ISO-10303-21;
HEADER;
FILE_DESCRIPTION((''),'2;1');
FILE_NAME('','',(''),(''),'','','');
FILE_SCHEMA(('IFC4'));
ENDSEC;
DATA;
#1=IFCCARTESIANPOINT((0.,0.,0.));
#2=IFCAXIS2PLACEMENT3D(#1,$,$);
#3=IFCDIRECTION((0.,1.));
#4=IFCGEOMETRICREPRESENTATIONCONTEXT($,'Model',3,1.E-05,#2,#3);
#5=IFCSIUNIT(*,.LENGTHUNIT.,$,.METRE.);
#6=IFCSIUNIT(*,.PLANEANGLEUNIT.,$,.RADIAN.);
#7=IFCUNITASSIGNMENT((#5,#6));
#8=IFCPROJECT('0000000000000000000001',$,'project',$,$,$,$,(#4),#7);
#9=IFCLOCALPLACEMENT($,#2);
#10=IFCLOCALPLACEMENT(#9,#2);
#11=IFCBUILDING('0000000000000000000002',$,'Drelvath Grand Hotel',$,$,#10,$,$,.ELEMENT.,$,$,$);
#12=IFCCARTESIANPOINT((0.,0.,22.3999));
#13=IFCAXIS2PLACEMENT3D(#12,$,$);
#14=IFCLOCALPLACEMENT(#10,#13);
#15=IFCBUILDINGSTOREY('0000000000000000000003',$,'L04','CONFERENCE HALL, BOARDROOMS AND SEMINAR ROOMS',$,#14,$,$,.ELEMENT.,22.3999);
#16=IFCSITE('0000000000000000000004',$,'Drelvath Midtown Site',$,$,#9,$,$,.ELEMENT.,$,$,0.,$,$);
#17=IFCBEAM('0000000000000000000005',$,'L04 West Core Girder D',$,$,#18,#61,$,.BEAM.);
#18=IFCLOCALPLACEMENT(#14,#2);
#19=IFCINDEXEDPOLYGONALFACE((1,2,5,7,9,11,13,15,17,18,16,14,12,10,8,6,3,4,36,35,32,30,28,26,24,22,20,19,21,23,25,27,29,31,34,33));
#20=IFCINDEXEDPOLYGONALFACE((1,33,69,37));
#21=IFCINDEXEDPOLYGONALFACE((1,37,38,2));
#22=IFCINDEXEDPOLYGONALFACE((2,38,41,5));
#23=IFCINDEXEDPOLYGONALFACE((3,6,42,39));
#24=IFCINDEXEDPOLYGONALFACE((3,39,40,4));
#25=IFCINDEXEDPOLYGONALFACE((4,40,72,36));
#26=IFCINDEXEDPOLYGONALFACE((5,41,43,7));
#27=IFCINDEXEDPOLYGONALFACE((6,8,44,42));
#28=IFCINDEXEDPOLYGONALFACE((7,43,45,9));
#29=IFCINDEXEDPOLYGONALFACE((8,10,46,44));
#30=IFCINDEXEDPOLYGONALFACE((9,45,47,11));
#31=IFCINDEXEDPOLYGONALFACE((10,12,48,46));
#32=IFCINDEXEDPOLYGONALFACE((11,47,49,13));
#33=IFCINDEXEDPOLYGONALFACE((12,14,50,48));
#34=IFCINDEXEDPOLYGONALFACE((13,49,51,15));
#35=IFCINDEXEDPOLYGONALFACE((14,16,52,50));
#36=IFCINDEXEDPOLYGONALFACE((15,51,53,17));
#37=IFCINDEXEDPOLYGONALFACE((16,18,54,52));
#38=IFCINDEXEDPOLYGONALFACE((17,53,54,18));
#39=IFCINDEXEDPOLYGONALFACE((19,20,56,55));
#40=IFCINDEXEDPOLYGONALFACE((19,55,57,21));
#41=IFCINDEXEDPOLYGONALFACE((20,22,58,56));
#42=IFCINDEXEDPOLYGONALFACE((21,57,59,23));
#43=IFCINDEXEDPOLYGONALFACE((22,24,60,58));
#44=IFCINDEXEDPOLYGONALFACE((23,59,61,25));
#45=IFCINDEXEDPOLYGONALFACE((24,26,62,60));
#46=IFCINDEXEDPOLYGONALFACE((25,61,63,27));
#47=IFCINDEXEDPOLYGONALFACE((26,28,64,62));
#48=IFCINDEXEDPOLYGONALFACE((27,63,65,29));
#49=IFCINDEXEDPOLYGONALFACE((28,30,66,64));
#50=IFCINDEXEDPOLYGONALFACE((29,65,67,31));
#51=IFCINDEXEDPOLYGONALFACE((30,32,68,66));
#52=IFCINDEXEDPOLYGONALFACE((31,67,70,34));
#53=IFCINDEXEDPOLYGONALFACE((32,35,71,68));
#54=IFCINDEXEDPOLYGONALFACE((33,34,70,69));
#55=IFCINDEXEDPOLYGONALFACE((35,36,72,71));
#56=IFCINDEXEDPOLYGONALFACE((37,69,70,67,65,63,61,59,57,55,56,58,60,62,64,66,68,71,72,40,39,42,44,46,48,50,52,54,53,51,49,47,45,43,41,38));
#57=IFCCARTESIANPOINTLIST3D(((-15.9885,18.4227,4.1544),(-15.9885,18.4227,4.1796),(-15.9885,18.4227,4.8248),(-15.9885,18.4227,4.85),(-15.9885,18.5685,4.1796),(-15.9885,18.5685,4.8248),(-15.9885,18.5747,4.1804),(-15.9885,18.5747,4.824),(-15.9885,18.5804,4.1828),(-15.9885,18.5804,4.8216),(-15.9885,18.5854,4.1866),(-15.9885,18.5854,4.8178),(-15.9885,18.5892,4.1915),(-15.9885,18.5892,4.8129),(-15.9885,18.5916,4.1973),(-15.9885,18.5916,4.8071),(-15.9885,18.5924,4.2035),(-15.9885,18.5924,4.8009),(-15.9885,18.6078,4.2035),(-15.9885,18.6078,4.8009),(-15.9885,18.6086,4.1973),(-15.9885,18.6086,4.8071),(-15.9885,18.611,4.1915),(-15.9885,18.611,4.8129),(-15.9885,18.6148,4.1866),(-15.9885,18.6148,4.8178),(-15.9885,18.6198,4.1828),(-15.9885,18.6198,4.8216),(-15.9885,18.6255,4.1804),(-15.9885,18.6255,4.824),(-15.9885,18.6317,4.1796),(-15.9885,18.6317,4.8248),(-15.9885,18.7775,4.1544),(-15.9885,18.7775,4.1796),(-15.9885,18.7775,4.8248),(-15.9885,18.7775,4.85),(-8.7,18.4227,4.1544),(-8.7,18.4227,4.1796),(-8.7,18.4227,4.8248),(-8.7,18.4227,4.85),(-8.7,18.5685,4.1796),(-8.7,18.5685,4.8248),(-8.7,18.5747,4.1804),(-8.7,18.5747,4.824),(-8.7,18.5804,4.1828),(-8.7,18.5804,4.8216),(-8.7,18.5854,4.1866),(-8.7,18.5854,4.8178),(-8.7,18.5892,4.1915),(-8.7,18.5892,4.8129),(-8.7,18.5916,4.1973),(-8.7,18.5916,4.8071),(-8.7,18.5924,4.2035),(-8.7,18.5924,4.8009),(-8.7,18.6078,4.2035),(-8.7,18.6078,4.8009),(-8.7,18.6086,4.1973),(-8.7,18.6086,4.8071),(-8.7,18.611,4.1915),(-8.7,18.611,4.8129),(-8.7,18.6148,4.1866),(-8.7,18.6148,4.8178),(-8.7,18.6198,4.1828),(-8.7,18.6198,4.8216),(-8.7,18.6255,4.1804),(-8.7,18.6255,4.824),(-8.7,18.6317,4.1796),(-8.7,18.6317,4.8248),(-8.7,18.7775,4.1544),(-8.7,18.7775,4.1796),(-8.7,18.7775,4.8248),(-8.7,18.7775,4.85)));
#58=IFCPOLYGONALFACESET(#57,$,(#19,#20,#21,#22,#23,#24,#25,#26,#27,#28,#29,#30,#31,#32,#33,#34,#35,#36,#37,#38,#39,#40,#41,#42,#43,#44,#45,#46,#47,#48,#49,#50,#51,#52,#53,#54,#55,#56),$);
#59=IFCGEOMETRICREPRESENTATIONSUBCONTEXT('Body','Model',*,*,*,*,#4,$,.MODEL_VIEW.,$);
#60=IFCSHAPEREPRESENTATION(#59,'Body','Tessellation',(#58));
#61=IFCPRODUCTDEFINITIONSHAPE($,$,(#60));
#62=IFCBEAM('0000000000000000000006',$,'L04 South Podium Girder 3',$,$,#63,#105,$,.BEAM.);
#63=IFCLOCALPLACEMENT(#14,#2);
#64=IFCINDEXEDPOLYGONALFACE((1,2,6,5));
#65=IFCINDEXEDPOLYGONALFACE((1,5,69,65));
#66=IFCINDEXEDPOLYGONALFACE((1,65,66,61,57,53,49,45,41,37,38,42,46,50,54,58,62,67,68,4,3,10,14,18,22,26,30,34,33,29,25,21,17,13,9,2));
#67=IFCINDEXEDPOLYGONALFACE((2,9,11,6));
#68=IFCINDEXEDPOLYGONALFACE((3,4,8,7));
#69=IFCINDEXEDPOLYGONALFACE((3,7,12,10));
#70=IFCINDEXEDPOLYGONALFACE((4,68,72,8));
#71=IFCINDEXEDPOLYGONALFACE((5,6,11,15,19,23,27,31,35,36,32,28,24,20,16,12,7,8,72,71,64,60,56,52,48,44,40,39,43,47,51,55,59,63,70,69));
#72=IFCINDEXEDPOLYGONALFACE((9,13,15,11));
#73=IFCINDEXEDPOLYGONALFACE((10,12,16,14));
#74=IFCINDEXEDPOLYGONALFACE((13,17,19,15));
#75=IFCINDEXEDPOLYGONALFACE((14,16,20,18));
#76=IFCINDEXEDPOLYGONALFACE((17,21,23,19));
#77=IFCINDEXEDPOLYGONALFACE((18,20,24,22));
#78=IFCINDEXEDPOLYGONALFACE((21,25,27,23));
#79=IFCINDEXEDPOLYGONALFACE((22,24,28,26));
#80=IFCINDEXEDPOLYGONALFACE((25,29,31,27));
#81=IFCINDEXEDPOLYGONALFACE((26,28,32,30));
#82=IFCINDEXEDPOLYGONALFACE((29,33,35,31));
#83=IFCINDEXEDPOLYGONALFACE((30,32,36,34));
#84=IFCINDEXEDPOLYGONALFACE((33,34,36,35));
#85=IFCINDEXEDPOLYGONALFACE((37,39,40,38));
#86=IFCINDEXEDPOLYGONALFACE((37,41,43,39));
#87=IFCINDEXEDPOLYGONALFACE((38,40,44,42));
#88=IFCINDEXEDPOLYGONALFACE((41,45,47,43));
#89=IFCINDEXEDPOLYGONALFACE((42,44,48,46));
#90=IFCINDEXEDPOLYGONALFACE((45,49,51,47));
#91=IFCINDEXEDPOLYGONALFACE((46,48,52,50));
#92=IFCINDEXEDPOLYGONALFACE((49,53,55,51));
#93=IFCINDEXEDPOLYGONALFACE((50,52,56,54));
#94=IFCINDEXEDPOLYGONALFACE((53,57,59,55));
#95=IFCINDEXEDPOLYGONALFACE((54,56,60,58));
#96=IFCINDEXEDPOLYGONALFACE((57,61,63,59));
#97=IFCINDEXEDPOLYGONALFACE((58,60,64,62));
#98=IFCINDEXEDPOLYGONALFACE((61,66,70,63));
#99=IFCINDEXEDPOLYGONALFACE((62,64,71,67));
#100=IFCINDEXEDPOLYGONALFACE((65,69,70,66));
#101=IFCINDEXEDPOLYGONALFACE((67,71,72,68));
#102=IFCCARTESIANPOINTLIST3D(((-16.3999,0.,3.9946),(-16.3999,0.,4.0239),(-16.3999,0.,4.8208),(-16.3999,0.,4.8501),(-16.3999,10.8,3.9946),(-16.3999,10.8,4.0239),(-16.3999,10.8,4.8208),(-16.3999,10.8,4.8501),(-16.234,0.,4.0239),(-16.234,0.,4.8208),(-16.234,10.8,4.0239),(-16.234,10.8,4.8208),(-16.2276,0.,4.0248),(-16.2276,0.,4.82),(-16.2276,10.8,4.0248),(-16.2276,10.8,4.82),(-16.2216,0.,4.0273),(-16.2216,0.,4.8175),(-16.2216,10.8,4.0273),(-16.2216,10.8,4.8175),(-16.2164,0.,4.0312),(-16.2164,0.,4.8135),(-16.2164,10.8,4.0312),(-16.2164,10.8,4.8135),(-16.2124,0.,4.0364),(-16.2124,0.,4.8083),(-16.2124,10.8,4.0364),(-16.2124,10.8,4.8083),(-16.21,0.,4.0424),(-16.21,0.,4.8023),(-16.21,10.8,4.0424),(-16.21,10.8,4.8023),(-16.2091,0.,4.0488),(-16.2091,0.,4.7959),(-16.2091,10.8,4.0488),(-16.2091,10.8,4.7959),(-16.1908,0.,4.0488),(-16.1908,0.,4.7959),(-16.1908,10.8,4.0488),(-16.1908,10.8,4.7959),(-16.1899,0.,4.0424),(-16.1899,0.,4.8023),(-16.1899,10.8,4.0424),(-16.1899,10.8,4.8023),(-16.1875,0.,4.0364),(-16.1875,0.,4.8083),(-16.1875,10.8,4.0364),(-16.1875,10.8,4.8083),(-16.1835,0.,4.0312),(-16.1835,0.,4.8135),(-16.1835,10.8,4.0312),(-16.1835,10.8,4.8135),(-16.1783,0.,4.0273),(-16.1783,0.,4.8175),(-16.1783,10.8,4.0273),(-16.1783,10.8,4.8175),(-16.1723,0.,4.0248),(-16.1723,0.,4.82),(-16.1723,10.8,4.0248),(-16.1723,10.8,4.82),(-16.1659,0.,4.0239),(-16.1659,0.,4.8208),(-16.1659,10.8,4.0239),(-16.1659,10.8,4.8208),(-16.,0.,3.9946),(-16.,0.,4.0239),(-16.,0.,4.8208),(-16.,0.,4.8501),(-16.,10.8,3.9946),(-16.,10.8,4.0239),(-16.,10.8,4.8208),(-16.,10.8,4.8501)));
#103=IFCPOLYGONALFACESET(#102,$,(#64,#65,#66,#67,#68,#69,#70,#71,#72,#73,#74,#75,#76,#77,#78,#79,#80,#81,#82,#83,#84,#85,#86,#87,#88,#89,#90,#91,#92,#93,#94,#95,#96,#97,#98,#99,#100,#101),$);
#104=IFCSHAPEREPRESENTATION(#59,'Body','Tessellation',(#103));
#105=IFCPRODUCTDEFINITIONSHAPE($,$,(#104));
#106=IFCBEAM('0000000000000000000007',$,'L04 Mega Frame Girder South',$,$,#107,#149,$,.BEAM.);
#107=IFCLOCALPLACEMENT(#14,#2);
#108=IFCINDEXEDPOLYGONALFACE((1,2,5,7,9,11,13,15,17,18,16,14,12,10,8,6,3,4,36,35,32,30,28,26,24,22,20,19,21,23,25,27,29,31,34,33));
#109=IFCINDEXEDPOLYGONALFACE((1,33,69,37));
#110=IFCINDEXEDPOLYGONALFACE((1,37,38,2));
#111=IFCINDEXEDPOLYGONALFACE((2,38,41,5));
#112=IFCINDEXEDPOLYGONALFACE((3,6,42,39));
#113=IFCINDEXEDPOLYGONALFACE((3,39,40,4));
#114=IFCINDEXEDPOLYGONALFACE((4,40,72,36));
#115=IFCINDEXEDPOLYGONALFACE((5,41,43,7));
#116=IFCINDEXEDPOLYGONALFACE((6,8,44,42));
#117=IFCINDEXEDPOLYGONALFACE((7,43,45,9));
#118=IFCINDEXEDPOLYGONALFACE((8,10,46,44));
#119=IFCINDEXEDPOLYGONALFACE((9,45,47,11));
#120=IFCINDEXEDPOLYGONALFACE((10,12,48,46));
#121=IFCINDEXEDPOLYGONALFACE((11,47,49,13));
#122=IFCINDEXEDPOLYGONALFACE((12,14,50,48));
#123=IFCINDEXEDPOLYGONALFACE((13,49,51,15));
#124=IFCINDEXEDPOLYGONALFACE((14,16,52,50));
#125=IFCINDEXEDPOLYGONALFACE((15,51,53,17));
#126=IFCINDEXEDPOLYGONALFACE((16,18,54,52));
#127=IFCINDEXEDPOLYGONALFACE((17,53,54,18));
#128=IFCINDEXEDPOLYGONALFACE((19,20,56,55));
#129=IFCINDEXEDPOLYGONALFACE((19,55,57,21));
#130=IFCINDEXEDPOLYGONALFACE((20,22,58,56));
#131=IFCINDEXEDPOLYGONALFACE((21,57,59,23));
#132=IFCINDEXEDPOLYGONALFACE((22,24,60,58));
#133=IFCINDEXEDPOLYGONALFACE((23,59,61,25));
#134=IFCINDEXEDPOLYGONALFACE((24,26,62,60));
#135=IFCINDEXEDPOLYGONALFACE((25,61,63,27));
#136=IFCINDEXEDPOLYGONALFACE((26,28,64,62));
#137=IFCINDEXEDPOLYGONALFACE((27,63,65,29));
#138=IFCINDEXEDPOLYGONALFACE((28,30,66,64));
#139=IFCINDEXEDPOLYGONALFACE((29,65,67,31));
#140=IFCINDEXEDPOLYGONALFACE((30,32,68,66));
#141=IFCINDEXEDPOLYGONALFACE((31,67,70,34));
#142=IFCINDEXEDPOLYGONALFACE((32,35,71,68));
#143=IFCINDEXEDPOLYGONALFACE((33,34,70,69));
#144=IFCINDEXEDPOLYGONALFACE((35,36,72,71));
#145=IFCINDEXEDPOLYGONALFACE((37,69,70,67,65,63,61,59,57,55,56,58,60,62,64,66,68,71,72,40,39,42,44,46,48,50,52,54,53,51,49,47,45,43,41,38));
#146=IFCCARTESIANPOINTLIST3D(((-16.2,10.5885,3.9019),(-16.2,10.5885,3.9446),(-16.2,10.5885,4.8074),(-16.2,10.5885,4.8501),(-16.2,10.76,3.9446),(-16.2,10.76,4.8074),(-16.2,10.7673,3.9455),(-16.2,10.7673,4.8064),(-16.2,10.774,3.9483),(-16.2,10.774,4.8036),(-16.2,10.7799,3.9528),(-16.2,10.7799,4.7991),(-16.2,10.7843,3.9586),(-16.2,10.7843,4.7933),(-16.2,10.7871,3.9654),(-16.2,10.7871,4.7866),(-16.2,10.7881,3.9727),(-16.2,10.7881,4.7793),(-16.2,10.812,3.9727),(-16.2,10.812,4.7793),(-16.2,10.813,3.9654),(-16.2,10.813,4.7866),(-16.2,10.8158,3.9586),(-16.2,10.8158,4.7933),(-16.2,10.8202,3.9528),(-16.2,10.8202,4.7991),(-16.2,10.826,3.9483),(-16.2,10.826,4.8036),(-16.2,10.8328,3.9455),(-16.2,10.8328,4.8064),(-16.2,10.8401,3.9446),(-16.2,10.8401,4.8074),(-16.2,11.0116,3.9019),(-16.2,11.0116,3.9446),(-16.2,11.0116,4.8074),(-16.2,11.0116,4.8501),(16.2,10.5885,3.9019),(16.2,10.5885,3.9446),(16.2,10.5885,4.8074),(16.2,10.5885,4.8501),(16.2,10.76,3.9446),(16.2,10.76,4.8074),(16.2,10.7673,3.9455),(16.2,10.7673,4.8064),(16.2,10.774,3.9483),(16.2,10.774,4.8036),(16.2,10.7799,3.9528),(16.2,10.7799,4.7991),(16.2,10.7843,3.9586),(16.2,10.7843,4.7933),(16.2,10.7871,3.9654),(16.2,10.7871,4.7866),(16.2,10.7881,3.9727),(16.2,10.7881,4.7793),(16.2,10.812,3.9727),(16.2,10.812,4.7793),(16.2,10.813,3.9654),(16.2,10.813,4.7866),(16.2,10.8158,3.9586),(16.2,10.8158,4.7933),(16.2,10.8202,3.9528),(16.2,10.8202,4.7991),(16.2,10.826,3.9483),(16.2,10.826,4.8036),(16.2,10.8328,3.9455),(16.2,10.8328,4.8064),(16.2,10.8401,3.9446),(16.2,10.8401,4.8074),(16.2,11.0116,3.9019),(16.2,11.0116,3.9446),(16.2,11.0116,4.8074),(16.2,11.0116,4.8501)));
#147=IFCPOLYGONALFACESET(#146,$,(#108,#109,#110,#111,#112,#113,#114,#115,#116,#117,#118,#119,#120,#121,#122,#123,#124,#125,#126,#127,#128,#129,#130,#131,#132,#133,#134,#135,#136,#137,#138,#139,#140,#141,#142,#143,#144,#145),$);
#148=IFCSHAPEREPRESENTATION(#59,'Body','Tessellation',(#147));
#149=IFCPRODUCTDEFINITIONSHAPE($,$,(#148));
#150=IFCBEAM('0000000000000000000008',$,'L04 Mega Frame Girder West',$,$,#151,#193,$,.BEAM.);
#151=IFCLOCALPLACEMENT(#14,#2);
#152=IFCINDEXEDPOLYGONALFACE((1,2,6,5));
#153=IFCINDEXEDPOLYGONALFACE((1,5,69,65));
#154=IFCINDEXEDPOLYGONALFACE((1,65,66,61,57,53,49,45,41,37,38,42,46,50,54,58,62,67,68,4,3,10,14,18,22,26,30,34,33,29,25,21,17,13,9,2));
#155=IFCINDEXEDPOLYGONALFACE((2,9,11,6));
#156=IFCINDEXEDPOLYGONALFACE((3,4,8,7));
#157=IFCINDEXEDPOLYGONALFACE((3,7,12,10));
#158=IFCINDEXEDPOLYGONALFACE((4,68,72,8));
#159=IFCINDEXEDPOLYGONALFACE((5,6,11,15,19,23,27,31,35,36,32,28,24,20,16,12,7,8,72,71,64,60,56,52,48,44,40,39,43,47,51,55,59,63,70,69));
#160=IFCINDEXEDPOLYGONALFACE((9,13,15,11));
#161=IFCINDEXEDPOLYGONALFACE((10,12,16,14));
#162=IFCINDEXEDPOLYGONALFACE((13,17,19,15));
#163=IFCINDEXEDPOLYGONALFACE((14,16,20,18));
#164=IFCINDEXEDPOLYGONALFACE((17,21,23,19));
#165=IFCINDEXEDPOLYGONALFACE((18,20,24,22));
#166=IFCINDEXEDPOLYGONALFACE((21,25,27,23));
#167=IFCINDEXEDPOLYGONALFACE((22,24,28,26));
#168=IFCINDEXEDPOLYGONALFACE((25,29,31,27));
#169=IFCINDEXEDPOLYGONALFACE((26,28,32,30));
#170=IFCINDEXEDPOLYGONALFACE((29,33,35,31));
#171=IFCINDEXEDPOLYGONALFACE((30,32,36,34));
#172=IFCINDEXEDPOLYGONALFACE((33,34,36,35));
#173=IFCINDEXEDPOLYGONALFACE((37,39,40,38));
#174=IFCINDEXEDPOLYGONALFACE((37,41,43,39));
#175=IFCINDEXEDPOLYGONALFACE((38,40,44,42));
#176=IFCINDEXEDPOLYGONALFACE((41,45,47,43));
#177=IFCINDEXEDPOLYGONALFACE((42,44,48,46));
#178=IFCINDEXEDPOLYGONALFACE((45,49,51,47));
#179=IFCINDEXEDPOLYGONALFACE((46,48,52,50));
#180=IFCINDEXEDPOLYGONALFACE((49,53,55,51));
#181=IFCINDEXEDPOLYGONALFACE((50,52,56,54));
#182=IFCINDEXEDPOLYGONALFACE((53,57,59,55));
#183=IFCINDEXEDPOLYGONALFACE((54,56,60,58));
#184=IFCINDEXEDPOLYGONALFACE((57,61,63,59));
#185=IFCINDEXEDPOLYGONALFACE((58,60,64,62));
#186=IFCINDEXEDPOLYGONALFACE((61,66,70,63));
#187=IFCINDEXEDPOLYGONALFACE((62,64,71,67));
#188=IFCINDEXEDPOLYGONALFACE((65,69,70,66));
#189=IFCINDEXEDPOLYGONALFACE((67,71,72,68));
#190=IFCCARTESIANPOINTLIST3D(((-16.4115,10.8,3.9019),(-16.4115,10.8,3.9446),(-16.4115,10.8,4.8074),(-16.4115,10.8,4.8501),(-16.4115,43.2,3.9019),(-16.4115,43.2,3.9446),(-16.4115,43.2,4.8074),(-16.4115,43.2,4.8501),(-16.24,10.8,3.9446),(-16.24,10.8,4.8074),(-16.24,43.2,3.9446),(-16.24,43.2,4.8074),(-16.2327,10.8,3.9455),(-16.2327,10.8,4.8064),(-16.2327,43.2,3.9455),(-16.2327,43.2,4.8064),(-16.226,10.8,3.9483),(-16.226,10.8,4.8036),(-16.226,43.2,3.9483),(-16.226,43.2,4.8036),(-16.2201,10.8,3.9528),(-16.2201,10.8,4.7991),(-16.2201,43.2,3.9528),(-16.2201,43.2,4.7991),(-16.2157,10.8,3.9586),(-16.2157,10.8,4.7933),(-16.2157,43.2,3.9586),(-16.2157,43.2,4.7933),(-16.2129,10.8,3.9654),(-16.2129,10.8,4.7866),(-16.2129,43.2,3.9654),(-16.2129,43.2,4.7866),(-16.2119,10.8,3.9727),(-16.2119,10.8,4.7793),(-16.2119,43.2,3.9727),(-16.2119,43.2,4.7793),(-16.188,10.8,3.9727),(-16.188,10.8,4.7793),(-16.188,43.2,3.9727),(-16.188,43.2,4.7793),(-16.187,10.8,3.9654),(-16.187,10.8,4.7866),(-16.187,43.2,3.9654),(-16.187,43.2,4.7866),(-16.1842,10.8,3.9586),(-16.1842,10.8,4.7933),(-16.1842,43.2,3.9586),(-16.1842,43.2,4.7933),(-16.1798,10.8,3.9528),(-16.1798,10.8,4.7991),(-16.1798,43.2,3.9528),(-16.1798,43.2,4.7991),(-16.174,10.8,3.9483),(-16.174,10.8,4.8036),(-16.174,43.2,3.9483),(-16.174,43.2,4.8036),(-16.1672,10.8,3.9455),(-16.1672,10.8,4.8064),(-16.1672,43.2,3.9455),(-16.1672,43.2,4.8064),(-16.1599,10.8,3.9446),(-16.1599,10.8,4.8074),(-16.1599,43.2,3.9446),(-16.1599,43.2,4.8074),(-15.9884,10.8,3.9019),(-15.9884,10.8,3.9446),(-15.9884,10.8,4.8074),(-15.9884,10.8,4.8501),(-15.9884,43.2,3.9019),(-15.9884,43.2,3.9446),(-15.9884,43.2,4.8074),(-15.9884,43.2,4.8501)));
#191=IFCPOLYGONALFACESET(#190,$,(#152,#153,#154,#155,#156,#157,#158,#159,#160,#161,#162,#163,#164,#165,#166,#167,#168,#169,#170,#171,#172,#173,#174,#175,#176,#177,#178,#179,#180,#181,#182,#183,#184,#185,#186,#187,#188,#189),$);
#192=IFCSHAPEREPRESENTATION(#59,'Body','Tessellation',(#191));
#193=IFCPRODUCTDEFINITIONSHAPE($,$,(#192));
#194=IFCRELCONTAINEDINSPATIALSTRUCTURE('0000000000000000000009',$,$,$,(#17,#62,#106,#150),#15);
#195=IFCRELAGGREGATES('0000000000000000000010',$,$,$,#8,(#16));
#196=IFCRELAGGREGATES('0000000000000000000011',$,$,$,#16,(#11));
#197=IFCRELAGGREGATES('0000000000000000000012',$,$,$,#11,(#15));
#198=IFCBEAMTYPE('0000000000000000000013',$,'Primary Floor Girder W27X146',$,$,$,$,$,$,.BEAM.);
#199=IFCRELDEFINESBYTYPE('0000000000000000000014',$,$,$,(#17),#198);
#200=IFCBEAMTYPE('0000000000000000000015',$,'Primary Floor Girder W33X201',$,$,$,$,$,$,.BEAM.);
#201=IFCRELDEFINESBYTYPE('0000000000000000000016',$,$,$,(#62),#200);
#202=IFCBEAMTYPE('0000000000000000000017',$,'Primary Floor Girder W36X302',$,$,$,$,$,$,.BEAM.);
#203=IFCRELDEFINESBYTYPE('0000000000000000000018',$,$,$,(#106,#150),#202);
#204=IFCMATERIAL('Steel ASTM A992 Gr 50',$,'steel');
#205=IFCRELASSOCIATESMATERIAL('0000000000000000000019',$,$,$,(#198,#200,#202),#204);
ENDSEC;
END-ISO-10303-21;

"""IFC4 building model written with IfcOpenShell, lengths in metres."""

from ifc_helpers import new_model, si_unit, direction, frame, origin, origin_2d, place, context, subcontext, project, spatial, i_section, extrude, material, material_profile, profile_set, type_object, element, save


model = new_model("IFC4")

# Units and contexts
model_context = context("Model", 3, precision=1e-05, world=origin(), true_north=direction((0.0, 1.0)))
body_context = subcontext(model_context, "Body", "Model", "MODEL_VIEW")
ifc_project = project(units=[si_unit("LENGTHUNIT", "METRE"), si_unit("PLANEANGLEUNIT", "RADIAN")], contexts=[model_context])

# Site, building, storey
site_placement = place(None, origin())
site = spatial("IfcSite", under=ifc_project, at=site_placement, Name="Drelvath Midtown Site", CompositionType="ELEMENT", RefElevation=0.0)
building_placement = place(site_placement, origin())
building = spatial("IfcBuilding", under=site, at=building_placement, Name="Drelvath Grand Hotel", CompositionType="ELEMENT")
storey_placement = place(building_placement, frame((0.0, 0.0, 22.3999)))
storey = spatial("IfcBuildingStorey", under=building, at=storey_placement, Name="L04", Description="CONFERENCE HALL, BOARDROOMS AND SEMINAR ROOMS", CompositionType="ELEMENT", Elevation=22.3999)

# Beams
ifc_material_1 = material(Name="Steel ASTM A992 Gr 50", Category="steel")
ifc_material_profile_1 = material_profile(ifc_material_1, i_section(OverallWidth=0.3547, OverallDepth=0.6956, WebThickness=0.0154, FlangeThickness=0.0251, FilletRadius=0.0239, at=origin_2d()), Name="W27X146")
ifc_profile_set_1 = profile_set([ifc_material_profile_1], Name="Steel ASTM A992 Gr 50")
beam_type_1 = type_object("IfcBeamType", Name="Primary Floor Girder W27X146", PredefinedType="BEAM", material=ifc_profile_set_1)
beam_1_placement = place(storey_placement, frame((-15.9885, 18.6001, 4.5022), z_axis=(1.0, 0.0, 0.0), x_axis=(0.0, 1.0, 0.0)))
element("IfcBeam", 1, at=beam_1_placement, inside=storey, type_object=beam_type_1, Name="L04 West Core Girder D", PredefinedType="BEAM", context=body_context, shape_type="SweptSolid", body=[
    extrude(i_section(OverallWidth=0.3547, OverallDepth=0.6956, WebThickness=0.0154, FlangeThickness=0.0251, FilletRadius=0.0239, at=origin_2d()), origin(), (0.0, 0.0, 1.0), 7.2886),
])
ifc_material_profile_2 = material_profile(ifc_material_1, i_section(OverallWidth=0.3999, OverallDepth=0.8555, WebThickness=0.0183, FlangeThickness=0.0293, FilletRadius=0.0249, at=origin_2d()), Name="W33X201")
ifc_profile_set_2 = profile_set([ifc_material_profile_2], Name="Steel ASTM A992 Gr 50")
beam_type_2 = type_object("IfcBeamType", Name="Primary Floor Girder W33X201", PredefinedType="BEAM", material=ifc_profile_set_2)
beam_2_placement = place(storey_placement, frame((-16.2, 0.0, 4.4224), z_axis=(0.0, 1.0, 0.0), x_axis=(-1.0, 0.0, 0.0)))
element("IfcBeam", 2, at=beam_2_placement, inside=storey, type_object=beam_type_2, Name="L04 South Podium Girder 3", PredefinedType="BEAM", context=body_context, shape_type="SweptSolid", body=[
    extrude(i_section(OverallWidth=0.3999, OverallDepth=0.8555, WebThickness=0.0183, FlangeThickness=0.0293, FilletRadius=0.0249, at=origin_2d()), origin(), (0.0, 0.0, 1.0), 10.8),
])
ifc_material_profile_3 = material_profile(ifc_material_1, i_section(OverallWidth=0.4231, OverallDepth=0.9482, WebThickness=0.0239, FlangeThickness=0.0427, FilletRadius=0.0281, at=origin_2d()), Name="W36X302")
ifc_profile_set_3 = profile_set([ifc_material_profile_3], Name="Steel ASTM A992 Gr 50")
beam_type_3 = type_object("IfcBeamType", Name="Primary Floor Girder W36X302", PredefinedType="BEAM", material=ifc_profile_set_3)
for number, where, z_axis, x_axis, name in (
    (3, (-16.2, 10.8, 4.376), (1.0, 0.0, 0.0), (0.0, 1.0, 0.0), "L04 Mega Frame Girder South"),
    (4, (-16.2, 10.8, 4.376), (0.0, 1.0, 0.0), (-1.0, 0.0, 0.0), "L04 Mega Frame Girder West"),
):
    element("IfcBeam", number, at=place(storey_placement, frame(where, z_axis=z_axis, x_axis=x_axis)), inside=storey, type_object=beam_type_3, Name=name, PredefinedType="BEAM", context=body_context, shape_type="SweptSolid", body=[
        extrude(i_section(OverallWidth=0.4231, OverallDepth=0.9482, WebThickness=0.0239, FlangeThickness=0.0427, FilletRadius=0.0281, at=origin_2d()), origin(), (0.0, 0.0, 1.0), 32.3999),
    ])

save(model, "model.ifc")
